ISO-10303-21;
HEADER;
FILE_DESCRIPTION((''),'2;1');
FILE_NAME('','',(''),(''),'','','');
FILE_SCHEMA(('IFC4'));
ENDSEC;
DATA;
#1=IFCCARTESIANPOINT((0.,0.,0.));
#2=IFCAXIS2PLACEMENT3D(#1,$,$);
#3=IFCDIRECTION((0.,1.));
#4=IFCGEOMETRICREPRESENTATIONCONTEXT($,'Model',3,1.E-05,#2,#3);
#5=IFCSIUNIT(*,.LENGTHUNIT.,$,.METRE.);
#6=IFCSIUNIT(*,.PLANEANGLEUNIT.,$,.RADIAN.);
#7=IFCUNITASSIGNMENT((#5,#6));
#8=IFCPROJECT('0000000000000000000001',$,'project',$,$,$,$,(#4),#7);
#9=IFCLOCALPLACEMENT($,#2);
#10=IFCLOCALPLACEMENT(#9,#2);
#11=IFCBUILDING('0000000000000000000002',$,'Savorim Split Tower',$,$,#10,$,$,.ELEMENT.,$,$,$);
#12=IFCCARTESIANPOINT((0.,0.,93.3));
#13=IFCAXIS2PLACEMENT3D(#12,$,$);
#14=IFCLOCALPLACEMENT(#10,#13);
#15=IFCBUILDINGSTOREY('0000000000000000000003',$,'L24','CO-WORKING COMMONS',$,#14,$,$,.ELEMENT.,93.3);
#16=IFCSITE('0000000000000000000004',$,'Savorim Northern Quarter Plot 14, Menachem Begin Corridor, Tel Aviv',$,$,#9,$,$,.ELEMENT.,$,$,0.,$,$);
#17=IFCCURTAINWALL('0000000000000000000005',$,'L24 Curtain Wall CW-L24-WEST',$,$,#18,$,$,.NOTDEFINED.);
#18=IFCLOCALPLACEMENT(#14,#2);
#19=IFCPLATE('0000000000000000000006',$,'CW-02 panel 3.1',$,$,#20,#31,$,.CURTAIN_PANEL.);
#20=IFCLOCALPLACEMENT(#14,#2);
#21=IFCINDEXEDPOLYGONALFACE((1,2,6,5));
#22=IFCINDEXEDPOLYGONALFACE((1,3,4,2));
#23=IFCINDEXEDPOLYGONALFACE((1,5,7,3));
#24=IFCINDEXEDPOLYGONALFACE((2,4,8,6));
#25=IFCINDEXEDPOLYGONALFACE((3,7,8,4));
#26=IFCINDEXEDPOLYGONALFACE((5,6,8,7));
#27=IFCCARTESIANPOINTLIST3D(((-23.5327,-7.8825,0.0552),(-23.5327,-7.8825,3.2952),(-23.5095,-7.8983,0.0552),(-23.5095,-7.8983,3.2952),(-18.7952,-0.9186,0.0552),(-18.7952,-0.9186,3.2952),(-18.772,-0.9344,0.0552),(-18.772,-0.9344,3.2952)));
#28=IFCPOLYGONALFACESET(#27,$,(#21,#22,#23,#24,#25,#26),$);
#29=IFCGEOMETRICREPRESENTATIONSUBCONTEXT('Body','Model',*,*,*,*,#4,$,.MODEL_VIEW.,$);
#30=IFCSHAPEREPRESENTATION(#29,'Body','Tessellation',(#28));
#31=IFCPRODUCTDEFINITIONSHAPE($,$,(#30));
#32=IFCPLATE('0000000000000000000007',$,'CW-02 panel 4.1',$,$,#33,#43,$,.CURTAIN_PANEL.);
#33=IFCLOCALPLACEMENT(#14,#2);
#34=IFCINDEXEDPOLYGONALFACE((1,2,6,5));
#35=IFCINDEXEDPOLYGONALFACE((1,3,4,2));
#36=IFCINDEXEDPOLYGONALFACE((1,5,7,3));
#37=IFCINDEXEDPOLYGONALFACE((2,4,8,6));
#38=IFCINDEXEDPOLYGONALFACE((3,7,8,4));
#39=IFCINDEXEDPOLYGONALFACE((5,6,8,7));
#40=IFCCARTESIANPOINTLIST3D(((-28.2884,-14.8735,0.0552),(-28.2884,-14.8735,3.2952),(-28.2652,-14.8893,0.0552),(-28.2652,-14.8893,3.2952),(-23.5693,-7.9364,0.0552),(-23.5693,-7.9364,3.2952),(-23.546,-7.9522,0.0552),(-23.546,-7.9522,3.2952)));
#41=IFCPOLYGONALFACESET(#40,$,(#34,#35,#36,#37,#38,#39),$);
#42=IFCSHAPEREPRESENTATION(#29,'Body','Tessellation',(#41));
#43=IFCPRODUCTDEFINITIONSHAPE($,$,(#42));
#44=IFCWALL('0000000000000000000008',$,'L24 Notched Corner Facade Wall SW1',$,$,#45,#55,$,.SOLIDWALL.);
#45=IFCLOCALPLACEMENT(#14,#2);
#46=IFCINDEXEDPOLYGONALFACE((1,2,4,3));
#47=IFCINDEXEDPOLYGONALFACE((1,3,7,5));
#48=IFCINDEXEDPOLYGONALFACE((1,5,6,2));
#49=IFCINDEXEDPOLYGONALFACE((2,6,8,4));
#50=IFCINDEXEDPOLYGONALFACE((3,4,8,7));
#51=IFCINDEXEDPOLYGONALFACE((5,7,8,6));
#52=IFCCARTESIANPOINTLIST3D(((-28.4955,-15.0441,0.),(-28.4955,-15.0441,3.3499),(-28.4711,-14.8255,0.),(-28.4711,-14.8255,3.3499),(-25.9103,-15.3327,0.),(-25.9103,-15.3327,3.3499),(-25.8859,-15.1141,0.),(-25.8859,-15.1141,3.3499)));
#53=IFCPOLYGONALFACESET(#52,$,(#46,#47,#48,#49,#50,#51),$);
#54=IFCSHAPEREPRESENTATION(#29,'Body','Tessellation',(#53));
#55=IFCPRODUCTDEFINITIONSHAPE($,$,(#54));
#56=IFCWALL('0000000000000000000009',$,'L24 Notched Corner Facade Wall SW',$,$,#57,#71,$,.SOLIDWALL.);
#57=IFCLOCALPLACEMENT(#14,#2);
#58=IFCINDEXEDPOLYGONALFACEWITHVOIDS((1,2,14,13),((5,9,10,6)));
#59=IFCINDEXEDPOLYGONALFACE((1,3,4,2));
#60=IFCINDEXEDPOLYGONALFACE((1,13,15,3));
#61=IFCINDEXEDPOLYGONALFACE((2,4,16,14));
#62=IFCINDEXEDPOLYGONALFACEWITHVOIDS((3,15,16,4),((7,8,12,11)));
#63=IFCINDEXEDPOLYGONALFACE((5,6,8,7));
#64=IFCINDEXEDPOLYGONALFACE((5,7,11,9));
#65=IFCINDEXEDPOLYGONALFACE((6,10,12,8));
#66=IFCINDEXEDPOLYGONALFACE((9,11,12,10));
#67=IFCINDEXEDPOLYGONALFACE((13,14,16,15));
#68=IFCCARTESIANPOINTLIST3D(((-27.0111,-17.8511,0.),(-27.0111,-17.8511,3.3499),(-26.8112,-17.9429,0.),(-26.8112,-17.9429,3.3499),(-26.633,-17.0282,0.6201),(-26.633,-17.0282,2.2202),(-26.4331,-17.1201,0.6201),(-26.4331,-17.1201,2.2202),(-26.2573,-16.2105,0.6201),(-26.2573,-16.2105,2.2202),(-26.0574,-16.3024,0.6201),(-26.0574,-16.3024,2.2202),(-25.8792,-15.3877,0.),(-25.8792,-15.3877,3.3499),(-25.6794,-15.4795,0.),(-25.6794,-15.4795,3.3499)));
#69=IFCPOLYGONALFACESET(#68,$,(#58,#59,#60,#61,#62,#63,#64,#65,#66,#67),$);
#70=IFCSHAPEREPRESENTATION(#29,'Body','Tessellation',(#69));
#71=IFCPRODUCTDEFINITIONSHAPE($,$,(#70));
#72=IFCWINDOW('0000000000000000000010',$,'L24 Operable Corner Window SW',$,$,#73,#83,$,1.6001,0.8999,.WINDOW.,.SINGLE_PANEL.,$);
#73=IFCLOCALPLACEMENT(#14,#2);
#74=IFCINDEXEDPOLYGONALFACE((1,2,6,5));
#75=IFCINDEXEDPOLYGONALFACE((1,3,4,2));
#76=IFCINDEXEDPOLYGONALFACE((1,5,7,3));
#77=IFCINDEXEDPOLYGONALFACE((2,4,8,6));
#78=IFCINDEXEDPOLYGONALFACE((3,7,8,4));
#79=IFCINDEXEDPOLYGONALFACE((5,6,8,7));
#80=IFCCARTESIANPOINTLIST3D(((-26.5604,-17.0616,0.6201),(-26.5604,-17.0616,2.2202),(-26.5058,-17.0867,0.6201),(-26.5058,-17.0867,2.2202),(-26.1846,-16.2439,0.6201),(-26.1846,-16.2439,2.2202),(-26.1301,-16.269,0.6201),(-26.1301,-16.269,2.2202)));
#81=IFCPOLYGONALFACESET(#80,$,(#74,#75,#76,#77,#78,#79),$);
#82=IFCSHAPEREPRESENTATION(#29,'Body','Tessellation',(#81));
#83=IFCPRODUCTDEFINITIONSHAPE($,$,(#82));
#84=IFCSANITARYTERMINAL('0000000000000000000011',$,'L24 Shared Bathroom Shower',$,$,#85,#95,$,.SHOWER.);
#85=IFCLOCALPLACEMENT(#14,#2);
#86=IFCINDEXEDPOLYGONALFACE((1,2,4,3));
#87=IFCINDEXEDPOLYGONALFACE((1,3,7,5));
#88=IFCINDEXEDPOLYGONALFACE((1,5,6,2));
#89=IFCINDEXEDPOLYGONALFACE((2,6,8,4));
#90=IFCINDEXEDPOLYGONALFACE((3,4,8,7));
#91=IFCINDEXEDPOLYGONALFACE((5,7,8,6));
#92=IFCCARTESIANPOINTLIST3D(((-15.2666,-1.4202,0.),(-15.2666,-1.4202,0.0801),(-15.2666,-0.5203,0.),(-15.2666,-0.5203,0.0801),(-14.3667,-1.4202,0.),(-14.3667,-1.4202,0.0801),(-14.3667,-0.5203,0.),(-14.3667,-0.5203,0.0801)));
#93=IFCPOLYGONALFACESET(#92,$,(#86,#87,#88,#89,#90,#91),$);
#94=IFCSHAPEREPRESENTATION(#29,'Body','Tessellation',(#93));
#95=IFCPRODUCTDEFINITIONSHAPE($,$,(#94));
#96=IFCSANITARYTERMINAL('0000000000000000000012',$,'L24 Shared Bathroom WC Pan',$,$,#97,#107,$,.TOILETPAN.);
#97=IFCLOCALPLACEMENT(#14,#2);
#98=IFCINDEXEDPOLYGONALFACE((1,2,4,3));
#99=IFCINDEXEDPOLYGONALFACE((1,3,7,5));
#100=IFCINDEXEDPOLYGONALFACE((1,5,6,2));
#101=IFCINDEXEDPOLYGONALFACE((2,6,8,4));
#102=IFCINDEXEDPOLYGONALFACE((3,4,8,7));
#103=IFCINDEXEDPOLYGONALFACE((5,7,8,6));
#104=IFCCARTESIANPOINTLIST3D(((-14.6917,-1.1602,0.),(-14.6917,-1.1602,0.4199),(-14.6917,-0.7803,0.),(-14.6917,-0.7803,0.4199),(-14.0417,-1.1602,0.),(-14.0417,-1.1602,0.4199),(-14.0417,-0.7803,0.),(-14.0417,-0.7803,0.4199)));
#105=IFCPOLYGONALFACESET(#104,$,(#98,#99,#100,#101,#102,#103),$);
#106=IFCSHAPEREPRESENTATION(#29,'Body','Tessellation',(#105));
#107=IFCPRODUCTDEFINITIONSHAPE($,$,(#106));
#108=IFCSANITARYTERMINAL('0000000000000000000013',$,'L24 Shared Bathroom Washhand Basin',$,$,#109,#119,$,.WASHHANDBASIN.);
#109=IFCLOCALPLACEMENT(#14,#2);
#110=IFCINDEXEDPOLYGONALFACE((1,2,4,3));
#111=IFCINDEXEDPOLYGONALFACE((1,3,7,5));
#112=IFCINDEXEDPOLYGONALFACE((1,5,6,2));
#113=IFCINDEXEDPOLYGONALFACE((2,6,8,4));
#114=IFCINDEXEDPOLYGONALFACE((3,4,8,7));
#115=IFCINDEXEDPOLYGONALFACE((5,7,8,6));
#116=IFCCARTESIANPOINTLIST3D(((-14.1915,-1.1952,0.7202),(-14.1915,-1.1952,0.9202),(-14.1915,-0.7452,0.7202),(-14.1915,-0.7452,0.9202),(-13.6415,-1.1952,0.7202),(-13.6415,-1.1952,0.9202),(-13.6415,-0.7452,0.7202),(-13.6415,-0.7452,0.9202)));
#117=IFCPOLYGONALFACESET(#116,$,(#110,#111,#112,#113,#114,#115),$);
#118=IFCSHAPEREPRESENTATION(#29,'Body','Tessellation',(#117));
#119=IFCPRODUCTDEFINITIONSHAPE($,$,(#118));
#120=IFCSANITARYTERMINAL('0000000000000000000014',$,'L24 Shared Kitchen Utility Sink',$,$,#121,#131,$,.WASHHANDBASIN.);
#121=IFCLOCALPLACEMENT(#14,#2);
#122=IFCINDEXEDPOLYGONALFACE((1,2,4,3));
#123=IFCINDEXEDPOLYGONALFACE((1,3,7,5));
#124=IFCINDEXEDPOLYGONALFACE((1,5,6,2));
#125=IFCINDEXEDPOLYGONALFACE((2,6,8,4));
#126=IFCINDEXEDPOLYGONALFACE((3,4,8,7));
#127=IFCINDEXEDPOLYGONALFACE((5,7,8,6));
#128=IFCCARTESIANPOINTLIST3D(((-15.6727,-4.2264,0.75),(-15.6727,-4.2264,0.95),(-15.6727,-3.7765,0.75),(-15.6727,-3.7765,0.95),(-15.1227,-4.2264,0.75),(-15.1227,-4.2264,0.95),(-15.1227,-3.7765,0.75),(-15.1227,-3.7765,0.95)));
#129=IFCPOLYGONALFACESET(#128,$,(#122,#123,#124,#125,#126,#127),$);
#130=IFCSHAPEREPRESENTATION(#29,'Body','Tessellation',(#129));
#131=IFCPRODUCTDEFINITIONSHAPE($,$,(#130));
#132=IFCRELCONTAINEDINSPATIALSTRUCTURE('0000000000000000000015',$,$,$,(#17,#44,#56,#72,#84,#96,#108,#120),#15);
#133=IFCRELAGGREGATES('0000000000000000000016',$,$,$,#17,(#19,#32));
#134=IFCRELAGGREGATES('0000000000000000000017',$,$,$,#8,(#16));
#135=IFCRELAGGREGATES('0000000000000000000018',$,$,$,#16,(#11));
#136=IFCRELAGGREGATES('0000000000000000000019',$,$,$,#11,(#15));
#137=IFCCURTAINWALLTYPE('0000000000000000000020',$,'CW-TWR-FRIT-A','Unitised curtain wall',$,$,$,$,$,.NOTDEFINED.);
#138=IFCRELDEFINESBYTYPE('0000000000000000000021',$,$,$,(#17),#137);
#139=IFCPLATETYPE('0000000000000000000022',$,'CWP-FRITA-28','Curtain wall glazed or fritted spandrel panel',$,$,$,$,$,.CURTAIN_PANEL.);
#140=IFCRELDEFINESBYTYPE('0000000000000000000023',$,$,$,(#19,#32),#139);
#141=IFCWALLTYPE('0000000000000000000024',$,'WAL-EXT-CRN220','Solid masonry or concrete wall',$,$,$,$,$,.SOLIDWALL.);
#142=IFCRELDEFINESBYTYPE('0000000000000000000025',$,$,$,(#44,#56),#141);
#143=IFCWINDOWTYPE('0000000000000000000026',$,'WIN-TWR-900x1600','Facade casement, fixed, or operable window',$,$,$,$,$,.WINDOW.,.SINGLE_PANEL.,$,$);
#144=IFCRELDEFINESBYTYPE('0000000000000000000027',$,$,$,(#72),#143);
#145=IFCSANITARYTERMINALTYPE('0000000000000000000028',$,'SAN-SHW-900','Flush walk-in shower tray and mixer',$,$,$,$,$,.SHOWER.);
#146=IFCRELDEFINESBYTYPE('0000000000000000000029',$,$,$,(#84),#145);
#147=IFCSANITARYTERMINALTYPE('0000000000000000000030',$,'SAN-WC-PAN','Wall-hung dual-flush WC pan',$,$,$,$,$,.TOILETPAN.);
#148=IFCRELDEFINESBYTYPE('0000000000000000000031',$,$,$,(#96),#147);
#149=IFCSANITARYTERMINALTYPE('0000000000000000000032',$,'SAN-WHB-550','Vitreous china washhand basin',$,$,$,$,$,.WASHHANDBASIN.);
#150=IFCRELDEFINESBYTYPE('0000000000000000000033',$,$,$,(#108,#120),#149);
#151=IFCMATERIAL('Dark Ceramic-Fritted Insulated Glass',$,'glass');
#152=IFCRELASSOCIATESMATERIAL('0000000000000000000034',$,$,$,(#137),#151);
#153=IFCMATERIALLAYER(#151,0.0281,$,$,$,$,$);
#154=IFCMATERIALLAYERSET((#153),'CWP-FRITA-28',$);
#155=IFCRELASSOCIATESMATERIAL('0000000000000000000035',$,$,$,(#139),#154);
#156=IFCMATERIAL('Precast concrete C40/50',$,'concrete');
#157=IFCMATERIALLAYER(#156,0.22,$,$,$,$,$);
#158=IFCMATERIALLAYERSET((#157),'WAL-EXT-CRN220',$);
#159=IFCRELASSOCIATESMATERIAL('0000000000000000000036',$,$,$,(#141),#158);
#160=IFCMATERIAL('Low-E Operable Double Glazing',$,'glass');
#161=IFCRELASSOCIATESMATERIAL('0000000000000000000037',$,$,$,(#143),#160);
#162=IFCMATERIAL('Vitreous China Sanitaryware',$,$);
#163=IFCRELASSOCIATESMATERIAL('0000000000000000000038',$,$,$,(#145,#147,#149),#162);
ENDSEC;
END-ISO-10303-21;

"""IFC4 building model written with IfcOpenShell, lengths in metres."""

from ifc_helpers import new_model, si_unit, direction, frame, frame_2d, origin, origin_2d, place, context, subcontext, project, spatial, rectangle, extrude, material, layer, layer_set, type_object, element, fill, aggregate, save


model = new_model("IFC4")

# Units and contexts
model_context = context("Model", 3, precision=1e-05, world=origin(), true_north=direction((0.0, 1.0)))
body_context = subcontext(model_context, "Body", "Model", "MODEL_VIEW")
ifc_project = project(units=[si_unit("LENGTHUNIT", "METRE"), si_unit("PLANEANGLEUNIT", "RADIAN")], contexts=[model_context])

# Site, building, storey
site_placement = place(None, origin())
site = spatial("IfcSite", under=ifc_project, at=site_placement, Name="Savorim Northern Quarter Plot 14, Menachem Begin Corridor, Tel Aviv", CompositionType="ELEMENT", RefElevation=0.0)
building_placement = place(site_placement, origin())
building = spatial("IfcBuilding", under=site, at=building_placement, Name="Savorim Split Tower", CompositionType="ELEMENT")
storey_placement = place(building_placement, frame((0.0, 0.0, 93.3)))
storey = spatial("IfcBuildingStorey", under=building, at=storey_placement, Name="L24", Description="CO-WORKING COMMONS", CompositionType="ELEMENT", Elevation=93.3)

# Shared definitions
ifc_material_1 = material(Name="Dark Ceramic-Fritted Insulated Glass", Category="glass")
curtain_wall_type = type_object("IfcCurtainWallType", Name="CW-TWR-FRIT-A", Description="Unitised curtain wall", PredefinedType="NOTDEFINED", material=ifc_material_1)

# Curtain wall
curtain_wall_1_placement = place(storey_placement, origin())
curtain_wall_1 = element("IfcCurtainWall", 1, at=curtain_wall_1_placement, inside=storey, type_object=curtain_wall_type, Name="L24 Curtain Wall CW-L24-WEST", PredefinedType="NOTDEFINED")

# Plates
ifc_layer_1 = layer(ifc_material_1, 0.0281)
ifc_layer_set_1 = layer_set([ifc_layer_1], Name="CWP-FRITA-28")
plate_type = type_object("IfcPlateType", Name="CWP-FRITA-28", Description="Curtain wall glazed or fritted spandrel panel", PredefinedType="CURTAIN_PANEL", material=ifc_layer_set_1)
plate_1_placement = place(storey_placement, frame((-21.1523, -4.4084, 0.0552), z_axis=(0.0, 0.0, 1.0), x_axis=(-0.562468, -0.826819, 0.0)))
plate_1 = element("IfcPlate", 2, at=plate_1_placement, type_object=plate_type, Name="CW-02 panel 3.1", PredefinedType="CURTAIN_PANEL", context=body_context, shape_type="SweptSolid", body=[
    extrude(rectangle(XDim=8.4226, YDim=0.0281, at=origin_2d()), origin(), (0.0, 0.0, 1.0), 3.24),
])
plate_2_placement = place(storey_placement, frame((-25.9172, -11.4128, 0.0552), z_axis=(0.0, 0.0, 1.0), x_axis=(-0.562468, -0.826819, 0.0)))
plate_2 = element("IfcPlate", 3, at=plate_2_placement, type_object=plate_type, Name="CW-02 panel 4.1", PredefinedType="CURTAIN_PANEL", context=body_context, shape_type="SweptSolid", body=[
    extrude(rectangle(XDim=8.3901, YDim=0.0281, at=origin_2d()), origin(), (0.0, 0.0, 1.0), 3.24),
])
aggregate(curtain_wall_1, [plate_1, plate_2])

# Wall
ifc_material_2 = material(Name="Precast concrete C40/50", Category="concrete")
ifc_layer_2 = layer(ifc_material_2, 0.22)
ifc_layer_set_2 = layer_set([ifc_layer_2], Name="WAL-EXT-CRN220")
wall_type = type_object("IfcWallType", Name="WAL-EXT-CRN220", Description="Solid masonry or concrete wall", PredefinedType="SOLIDWALL", material=ifc_layer_set_2)
wall_1_placement = place(storey_placement, frame((-25.8979, -15.2234, 0.0), z_axis=(0.0, 0.0, 1.0), x_axis=(-0.993828, 0.110936, 0.0)))
element("IfcWall", 4, at=wall_1_placement, inside=storey, type_object=wall_type, Name="L24 Notched Corner Facade Wall SW1", PredefinedType="SOLIDWALL", context=body_context, shape_type="SweptSolid", body=[
    extrude(rectangle(XDim=2.6013, YDim=0.22, at=frame_2d((1.3008, 0.0))), origin(), (0.0, 0.0, 1.0), 3.3499),
])

# Wall, opening, window
wall_2_placement = place(storey_placement, frame((-26.9111, -17.897, 0.0), z_axis=(0.0, 0.0, 1.0), x_axis=(0.417504, 0.908675, 0.0)))
wall_2 = element("IfcWall", 5, at=wall_2_placement, inside=storey, type_object=wall_type, Name="L24 Notched Corner Facade Wall SW", PredefinedType="SOLIDWALL", context=body_context, shape_type="SweptSolid", body=[
    extrude(rectangle(XDim=2.7109, YDim=0.22, at=frame_2d((1.3555, 0.0))), origin(), (0.0, 0.0, 1.0), 3.3499),
])
opening_placement = place(wall_2_placement, frame((0.9055, 0.0, 0.6201)))
opening = element("IfcOpeningElement", 6, at=opening_placement, cuts=wall_2, PredefinedType="OPENING", context=body_context, shape_type="SweptSolid", body=[
    extrude(rectangle(XDim=0.8999, YDim=1.6001, at=frame_2d((0.45, 0.8))), frame((0.0, 0.1199, 0.0), z_axis=(0.0, -1.0, 0.0), x_axis=(1.0, 0.0, 0.0)), (0.0, 0.0, 1.0), 0.24),
])
ifc_material_3 = material(Name="Low-E Operable Double Glazing", Category="glass")
window_type = type_object("IfcWindowType", Name="WIN-TWR-900x1600", Description="Facade casement, fixed, or operable window", PartitioningType="SINGLE_PANEL", PredefinedType="WINDOW", material=ifc_material_3)
window_placement = place(opening_placement, origin())
window = element("IfcWindow", 7, at=window_placement, inside=storey, type_object=window_type, Name="L24 Operable Corner Window SW", OverallHeight=1.6001, OverallWidth=0.8999, PartitioningType="SINGLE_PANEL", PredefinedType="WINDOW", context=body_context, shape_type="SweptSolid", body=[
    extrude(rectangle(XDim=0.8999, YDim=1.6001, at=frame_2d((0.45, 0.8))), frame((0.0, 0.03, 0.0), z_axis=(0.0, -1.0, 0.0), x_axis=(1.0, 0.0, 0.0)), (0.0, 0.0, 1.0), 0.0601),
])
fill(opening, window)

# Sanitary terminals
ifc_material_4 = material(Name="Vitreous China Sanitaryware")
sanitary_terminal_type_1 = type_object("IfcSanitaryTerminalType", Name="SAN-SHW-900", Description="Flush walk-in shower tray and mixer", PredefinedType="SHOWER", material=ifc_material_4)
sanitary_terminal_1_placement = place(storey_placement, frame((-14.8167, -0.9702, 0.0), z_axis=(0.0, 0.0, 1.0), x_axis=(1.0, 0.0, 0.0)))
element("IfcSanitaryTerminal", 8, at=sanitary_terminal_1_placement, inside=storey, type_object=sanitary_terminal_type_1, Name="L24 Shared Bathroom Shower", PredefinedType="SHOWER", context=body_context, shape_type="SweptSolid", body=[
    extrude(rectangle(XDim=0.8999, YDim=0.8999, at=origin_2d()), origin(), (0.0, 0.0, 1.0), 0.0801),
])
sanitary_terminal_type_2 = type_object("IfcSanitaryTerminalType", Name="SAN-WC-PAN", Description="Wall-hung dual-flush WC pan", PredefinedType="TOILETPAN", material=ifc_material_4)
sanitary_terminal_2_placement = place(storey_placement, frame((-14.3667, -0.9702, 0.0), z_axis=(0.0, 0.0, 1.0), x_axis=(1.0, 0.0, 0.0)))
element("IfcSanitaryTerminal", 9, at=sanitary_terminal_2_placement, inside=storey, type_object=sanitary_terminal_type_2, Name="L24 Shared Bathroom WC Pan", PredefinedType="TOILETPAN", context=body_context, shape_type="SweptSolid", body=[
    extrude(rectangle(XDim=0.6499, YDim=0.3799, at=origin_2d()), origin(), (0.0, 0.0, 1.0), 0.4199),
])
sanitary_terminal_type_3 = type_object("IfcSanitaryTerminalType", Name="SAN-WHB-550", Description="Vitreous china washhand basin", PredefinedType="WASHHANDBASIN", material=ifc_material_4)
for number, where, z_axis, x_axis, name in (
    (10, (-13.9165, -0.9702, 0.7202), (0.0, 0.0, 1.0), (1.0, 0.0, 0.0), "L24 Shared Bathroom Washhand Basin"),
    (11, (-15.3977, -4.0015, 0.75), (0.0, 0.0, 1.0), (1.0, 0.0, 0.0), "L24 Shared Kitchen Utility Sink"),
):
    element("IfcSanitaryTerminal", number, at=place(storey_placement, frame(where, z_axis=z_axis, x_axis=x_axis)), inside=storey, type_object=sanitary_terminal_type_3, Name=name, PredefinedType="WASHHANDBASIN", context=body_context, shape_type="SweptSolid", body=[
        extrude(rectangle(XDim=0.55, YDim=0.45, at=origin_2d()), origin(), (0.0, 0.0, 1.0), 0.2),
    ])

save(model, "model.ifc")
